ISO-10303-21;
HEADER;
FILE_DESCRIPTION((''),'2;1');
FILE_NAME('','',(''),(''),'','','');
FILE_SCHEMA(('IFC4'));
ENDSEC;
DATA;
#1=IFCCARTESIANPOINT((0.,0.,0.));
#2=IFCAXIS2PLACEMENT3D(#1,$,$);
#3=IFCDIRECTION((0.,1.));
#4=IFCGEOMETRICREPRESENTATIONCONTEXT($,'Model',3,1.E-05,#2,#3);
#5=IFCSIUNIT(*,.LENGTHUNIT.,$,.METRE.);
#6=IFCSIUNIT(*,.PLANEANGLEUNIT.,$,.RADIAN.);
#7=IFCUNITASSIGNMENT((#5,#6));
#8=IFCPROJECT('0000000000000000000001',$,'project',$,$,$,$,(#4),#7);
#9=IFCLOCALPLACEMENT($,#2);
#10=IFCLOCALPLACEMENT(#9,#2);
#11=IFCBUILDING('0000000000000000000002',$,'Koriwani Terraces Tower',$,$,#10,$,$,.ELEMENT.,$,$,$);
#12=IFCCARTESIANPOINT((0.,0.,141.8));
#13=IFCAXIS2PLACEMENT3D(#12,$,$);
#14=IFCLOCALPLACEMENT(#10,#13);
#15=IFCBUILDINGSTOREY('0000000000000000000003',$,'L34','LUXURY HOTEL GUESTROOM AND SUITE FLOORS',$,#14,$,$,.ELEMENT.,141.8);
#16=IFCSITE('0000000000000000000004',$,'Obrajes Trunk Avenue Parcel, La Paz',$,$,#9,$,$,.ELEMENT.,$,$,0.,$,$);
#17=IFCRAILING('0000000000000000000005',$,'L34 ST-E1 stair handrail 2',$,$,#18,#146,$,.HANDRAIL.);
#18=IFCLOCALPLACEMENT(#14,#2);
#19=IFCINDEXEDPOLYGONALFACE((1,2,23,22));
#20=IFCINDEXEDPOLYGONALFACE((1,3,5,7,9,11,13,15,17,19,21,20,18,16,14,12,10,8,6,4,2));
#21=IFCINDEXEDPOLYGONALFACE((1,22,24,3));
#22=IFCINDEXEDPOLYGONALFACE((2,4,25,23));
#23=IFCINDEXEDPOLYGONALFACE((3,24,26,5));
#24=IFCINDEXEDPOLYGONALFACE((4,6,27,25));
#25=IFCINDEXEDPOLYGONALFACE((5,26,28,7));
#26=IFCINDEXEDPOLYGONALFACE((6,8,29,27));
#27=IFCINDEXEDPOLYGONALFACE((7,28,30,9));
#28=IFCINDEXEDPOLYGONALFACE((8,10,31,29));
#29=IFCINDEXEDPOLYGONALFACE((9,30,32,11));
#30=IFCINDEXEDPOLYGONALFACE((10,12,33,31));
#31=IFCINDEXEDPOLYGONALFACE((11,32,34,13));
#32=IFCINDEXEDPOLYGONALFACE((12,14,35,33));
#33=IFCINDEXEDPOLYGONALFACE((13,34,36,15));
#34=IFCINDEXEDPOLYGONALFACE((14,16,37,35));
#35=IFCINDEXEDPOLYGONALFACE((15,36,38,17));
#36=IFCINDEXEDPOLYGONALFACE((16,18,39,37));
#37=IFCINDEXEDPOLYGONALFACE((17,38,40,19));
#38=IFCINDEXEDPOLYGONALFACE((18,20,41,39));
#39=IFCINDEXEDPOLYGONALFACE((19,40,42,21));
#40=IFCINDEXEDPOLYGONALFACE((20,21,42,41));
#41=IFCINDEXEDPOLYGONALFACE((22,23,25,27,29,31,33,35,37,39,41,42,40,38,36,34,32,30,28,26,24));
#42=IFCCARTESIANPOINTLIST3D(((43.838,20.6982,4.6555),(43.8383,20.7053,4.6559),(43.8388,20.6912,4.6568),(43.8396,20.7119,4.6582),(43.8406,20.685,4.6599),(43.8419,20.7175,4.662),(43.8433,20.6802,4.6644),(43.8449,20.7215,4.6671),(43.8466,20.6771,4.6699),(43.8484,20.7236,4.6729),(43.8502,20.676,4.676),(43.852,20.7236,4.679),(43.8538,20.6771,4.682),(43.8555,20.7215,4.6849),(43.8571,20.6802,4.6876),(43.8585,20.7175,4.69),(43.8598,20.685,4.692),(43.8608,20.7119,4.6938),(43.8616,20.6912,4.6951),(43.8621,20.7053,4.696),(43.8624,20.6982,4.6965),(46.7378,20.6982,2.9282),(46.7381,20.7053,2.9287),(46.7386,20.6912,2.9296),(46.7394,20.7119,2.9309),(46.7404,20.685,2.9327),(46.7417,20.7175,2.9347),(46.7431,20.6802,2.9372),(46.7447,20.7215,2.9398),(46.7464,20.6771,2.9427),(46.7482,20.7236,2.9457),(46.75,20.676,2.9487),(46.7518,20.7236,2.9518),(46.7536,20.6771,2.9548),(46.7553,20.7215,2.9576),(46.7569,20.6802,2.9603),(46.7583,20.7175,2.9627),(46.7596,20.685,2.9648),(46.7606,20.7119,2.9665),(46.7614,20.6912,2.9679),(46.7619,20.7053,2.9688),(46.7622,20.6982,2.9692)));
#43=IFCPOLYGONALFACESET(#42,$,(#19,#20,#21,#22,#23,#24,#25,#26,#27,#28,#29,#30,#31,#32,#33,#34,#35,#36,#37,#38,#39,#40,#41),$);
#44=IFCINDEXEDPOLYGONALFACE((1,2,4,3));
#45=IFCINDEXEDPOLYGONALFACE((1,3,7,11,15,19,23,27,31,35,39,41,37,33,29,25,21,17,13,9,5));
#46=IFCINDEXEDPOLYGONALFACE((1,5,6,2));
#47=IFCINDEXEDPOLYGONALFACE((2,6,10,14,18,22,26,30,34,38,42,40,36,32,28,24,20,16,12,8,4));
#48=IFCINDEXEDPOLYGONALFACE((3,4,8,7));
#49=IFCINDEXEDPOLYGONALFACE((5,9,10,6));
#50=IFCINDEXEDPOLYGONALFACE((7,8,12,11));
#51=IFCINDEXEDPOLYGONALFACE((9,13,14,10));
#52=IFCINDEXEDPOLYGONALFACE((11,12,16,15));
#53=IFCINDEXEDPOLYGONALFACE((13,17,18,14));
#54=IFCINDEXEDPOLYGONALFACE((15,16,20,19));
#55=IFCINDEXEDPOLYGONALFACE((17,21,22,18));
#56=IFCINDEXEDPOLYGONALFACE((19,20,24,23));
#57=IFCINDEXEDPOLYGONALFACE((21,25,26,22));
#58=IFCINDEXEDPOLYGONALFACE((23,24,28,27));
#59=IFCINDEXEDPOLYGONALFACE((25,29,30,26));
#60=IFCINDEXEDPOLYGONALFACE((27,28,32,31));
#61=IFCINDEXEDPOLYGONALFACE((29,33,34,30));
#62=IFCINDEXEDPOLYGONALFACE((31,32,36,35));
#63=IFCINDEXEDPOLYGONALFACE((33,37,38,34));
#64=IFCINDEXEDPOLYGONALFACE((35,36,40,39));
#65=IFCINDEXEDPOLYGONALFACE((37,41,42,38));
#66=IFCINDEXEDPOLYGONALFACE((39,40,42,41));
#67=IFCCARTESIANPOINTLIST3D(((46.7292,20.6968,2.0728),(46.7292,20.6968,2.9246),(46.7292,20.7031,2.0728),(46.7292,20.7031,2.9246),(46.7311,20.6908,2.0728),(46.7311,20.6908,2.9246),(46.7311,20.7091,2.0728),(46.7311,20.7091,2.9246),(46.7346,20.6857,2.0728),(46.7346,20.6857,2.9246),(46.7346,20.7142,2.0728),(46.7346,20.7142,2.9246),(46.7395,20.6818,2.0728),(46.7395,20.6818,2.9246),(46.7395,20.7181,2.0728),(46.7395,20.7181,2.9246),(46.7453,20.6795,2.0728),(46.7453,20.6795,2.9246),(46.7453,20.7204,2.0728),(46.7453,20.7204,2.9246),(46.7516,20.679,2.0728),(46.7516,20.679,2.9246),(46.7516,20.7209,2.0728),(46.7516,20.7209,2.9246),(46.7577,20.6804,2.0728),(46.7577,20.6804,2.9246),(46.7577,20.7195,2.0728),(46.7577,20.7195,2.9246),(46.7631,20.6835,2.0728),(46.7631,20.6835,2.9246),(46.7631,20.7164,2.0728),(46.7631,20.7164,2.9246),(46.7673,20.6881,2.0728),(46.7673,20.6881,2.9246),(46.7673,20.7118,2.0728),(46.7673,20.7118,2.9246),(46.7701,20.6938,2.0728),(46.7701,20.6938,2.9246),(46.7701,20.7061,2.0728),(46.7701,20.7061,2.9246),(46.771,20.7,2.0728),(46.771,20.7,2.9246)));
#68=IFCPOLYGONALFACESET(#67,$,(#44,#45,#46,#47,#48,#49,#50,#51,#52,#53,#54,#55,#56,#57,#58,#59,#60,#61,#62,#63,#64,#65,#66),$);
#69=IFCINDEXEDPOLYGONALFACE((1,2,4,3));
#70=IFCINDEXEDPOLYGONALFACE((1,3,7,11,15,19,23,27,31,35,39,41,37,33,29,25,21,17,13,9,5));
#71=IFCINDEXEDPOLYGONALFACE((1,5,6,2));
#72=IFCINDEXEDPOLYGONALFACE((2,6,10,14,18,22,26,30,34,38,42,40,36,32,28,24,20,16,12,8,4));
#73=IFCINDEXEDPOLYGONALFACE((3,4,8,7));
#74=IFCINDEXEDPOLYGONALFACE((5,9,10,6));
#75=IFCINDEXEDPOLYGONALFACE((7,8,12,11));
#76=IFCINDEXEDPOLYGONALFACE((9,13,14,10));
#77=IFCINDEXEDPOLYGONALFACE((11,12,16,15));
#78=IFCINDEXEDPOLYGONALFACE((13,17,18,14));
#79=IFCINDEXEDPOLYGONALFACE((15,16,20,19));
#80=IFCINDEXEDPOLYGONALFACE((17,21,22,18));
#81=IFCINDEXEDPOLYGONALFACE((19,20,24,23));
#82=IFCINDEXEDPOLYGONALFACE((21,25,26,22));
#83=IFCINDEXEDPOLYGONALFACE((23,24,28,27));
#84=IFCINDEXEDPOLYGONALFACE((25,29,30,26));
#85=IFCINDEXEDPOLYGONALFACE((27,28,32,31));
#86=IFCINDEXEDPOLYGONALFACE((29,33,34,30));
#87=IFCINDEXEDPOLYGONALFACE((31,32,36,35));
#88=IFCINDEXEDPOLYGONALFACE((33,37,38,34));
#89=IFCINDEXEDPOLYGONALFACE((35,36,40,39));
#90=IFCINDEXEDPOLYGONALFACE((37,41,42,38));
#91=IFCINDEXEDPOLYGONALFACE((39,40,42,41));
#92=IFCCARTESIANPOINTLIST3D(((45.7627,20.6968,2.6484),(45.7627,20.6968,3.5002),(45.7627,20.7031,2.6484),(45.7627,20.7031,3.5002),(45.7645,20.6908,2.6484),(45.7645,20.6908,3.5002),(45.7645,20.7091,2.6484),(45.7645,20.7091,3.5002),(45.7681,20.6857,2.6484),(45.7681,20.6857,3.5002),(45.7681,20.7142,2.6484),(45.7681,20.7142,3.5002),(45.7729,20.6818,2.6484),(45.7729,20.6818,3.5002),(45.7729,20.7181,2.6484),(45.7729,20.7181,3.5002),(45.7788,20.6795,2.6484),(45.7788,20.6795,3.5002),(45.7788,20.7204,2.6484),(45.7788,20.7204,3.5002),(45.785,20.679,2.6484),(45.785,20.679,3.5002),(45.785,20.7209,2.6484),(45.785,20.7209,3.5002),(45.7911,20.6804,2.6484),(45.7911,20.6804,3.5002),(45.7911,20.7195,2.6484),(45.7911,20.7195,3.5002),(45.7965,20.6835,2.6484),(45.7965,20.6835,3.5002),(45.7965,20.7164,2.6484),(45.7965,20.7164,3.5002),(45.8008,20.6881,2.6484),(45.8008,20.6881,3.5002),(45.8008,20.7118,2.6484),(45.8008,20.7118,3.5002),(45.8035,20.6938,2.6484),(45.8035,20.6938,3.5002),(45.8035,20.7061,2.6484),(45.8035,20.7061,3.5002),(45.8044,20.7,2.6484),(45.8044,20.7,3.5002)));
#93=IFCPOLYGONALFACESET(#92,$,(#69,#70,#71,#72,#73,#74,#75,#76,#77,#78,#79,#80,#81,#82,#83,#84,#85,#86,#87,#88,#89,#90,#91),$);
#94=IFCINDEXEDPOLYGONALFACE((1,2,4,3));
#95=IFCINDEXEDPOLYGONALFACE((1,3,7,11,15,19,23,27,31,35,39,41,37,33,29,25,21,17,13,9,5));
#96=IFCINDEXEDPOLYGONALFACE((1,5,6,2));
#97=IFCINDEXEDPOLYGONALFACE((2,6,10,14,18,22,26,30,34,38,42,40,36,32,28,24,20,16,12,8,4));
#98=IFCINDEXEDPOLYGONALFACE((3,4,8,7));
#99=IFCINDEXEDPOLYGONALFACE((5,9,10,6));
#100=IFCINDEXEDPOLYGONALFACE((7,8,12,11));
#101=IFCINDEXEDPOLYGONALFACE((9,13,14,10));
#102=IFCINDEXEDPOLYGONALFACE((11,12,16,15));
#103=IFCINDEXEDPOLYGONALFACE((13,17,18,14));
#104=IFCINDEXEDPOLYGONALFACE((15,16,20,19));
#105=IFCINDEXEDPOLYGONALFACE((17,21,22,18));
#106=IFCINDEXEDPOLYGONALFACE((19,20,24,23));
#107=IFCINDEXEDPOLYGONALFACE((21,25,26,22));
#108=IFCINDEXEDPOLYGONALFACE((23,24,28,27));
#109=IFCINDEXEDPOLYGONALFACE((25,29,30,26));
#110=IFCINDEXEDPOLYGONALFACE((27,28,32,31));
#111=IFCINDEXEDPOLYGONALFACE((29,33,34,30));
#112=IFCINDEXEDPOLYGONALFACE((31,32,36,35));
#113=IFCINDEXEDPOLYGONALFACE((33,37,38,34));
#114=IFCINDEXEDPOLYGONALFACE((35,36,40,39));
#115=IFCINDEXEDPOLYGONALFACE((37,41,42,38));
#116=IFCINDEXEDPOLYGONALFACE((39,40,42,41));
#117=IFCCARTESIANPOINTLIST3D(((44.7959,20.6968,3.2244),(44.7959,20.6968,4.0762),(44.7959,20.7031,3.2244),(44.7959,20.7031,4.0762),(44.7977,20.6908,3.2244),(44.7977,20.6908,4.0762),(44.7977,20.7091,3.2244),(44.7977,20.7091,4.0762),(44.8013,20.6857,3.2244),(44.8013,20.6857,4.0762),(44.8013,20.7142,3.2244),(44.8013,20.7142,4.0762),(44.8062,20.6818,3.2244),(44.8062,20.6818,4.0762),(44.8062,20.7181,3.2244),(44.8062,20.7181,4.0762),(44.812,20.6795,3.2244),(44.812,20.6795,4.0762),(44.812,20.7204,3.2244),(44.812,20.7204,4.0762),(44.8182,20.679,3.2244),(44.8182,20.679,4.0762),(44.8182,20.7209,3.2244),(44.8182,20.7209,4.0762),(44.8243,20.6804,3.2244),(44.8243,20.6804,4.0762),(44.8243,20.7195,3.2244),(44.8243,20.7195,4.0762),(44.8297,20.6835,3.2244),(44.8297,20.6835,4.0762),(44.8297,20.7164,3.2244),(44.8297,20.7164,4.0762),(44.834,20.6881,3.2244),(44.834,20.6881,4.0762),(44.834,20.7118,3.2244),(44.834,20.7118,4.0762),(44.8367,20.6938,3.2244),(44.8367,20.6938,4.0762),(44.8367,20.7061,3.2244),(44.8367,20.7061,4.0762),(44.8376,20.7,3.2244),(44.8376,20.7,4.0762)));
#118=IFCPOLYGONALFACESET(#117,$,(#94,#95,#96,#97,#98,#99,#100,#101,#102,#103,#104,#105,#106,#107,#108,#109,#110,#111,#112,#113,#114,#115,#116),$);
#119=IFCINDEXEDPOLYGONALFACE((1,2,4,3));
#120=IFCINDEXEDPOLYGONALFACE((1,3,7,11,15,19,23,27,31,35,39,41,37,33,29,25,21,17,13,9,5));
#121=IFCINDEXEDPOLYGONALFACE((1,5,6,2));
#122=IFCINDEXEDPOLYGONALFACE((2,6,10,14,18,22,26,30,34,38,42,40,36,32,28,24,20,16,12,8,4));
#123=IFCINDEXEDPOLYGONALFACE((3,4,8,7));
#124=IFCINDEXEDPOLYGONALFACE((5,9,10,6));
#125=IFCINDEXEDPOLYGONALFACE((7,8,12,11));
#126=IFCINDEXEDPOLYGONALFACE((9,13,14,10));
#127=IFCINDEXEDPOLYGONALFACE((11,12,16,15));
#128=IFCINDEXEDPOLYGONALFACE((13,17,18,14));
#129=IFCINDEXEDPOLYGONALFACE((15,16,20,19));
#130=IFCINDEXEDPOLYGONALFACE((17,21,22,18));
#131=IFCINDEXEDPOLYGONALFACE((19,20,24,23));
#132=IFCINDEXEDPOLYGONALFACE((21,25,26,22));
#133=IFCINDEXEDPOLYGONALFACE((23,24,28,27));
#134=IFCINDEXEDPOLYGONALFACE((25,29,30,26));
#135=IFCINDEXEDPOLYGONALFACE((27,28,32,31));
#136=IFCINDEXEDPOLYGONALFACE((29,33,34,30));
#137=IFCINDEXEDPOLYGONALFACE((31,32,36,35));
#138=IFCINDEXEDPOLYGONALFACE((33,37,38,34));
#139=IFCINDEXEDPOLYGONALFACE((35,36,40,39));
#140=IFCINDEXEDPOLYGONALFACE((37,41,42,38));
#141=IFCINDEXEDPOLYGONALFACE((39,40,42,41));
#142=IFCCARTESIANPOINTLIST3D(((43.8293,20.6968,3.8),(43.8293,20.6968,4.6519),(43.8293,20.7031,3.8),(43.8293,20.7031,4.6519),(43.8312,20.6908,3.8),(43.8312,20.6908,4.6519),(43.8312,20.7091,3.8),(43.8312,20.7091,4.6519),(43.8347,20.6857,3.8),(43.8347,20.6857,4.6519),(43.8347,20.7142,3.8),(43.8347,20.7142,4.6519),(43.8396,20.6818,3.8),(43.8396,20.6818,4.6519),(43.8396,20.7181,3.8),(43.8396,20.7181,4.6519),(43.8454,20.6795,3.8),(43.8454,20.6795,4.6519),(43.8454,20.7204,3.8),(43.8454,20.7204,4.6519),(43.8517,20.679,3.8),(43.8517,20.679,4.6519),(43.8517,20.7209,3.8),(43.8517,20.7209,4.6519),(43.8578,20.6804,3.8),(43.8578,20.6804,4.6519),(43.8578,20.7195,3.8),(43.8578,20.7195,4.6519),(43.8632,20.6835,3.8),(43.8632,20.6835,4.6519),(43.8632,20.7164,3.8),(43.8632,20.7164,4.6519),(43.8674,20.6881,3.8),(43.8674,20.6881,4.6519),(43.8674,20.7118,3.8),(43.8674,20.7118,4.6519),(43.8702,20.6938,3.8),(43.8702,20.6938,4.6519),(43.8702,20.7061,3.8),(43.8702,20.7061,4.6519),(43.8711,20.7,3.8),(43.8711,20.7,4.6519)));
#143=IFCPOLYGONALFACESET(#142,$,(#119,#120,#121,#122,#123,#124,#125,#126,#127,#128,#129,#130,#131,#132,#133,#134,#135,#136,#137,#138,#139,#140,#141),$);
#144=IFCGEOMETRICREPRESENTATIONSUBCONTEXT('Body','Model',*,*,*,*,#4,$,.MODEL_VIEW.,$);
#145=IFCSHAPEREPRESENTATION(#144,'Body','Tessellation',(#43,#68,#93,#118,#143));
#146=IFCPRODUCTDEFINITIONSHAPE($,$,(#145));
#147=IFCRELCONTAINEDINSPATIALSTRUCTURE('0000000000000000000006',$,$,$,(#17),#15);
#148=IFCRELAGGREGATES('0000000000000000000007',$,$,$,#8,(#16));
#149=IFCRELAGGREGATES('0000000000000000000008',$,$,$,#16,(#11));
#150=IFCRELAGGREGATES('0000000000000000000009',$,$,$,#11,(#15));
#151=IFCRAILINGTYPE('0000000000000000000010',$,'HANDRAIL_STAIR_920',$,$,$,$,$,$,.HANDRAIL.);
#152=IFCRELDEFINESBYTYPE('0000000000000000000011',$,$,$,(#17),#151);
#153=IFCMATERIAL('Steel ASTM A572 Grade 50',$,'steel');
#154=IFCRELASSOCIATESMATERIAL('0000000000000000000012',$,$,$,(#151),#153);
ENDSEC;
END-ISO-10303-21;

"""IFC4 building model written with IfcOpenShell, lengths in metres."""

from ifc_helpers import new_model, si_unit, direction, frame, origin, origin_2d, place, context, subcontext, project, spatial, circle, extrude, material, type_object, element, save


model = new_model("IFC4")

# Units and contexts
model_context = context("Model", 3, precision=1e-05, world=origin(), true_north=direction((0.0, 1.0)))
body_context = subcontext(model_context, "Body", "Model", "MODEL_VIEW")
ifc_project = project(units=[si_unit("LENGTHUNIT", "METRE"), si_unit("PLANEANGLEUNIT", "RADIAN")], contexts=[model_context])

# Site, building, storey
site_placement = place(None, origin())
site = spatial("IfcSite", under=ifc_project, at=site_placement, Name="Obrajes Trunk Avenue Parcel, La Paz", CompositionType="ELEMENT", RefElevation=0.0)
building_placement = place(site_placement, origin())
building = spatial("IfcBuilding", under=site, at=building_placement, Name="Koriwani Terraces Tower", CompositionType="ELEMENT")
storey_placement = place(building_placement, frame((0.0, 0.0, 141.8)))
storey = spatial("IfcBuildingStorey", under=building, at=storey_placement, Name="L34", Description="LUXURY HOTEL GUESTROOM AND SUITE FLOORS", CompositionType="ELEMENT", Elevation=141.8)

# Shared definitions
ifc_material_1 = material(Name="Steel ASTM A572 Grade 50", Category="steel")

# Railing
railing_type_1 = type_object("IfcRailingType", Name="HANDRAIL_STAIR_920", PredefinedType="HANDRAIL", material=ifc_material_1)
railing_1_placement = place(storey_placement, frame((46.75, 20.7, 2.0728)))
element("IfcRailing", 1, at=railing_1_placement, inside=storey, type_object=railing_type_1, Name="L34 ST-E1 stair handrail 2", PredefinedType="HANDRAIL", context=body_context, shape_type="SweptSolid", body=[
    extrude(circle(Radius=0.0239, at=origin_2d()), frame((0.0, 0.0, 0.876), z_axis=(-0.859141, 0.0, 0.511738), x_axis=(0.0, -1.0, 0.0)), (0.0, 0.0, 1.0), 3.3752),
    extrude(circle(Radius=0.021, at=origin_2d()), origin(), (0.0, 0.0, 1.0), 0.8518),
    extrude(circle(Radius=0.021, at=origin_2d()), frame((-0.9666, 0.0, 0.5757)), (0.0, 0.0, 1.0), 0.8518),
    extrude(circle(Radius=0.021, at=origin_2d()), frame((-1.9333, 0.0, 1.1516)), (0.0, 0.0, 1.0), 0.8518),
    extrude(circle(Radius=0.021, at=origin_2d()), frame((-2.8999, 0.0, 1.7273)), (0.0, 0.0, 1.0), 0.8518),
])

save(model, "model.ifc")
